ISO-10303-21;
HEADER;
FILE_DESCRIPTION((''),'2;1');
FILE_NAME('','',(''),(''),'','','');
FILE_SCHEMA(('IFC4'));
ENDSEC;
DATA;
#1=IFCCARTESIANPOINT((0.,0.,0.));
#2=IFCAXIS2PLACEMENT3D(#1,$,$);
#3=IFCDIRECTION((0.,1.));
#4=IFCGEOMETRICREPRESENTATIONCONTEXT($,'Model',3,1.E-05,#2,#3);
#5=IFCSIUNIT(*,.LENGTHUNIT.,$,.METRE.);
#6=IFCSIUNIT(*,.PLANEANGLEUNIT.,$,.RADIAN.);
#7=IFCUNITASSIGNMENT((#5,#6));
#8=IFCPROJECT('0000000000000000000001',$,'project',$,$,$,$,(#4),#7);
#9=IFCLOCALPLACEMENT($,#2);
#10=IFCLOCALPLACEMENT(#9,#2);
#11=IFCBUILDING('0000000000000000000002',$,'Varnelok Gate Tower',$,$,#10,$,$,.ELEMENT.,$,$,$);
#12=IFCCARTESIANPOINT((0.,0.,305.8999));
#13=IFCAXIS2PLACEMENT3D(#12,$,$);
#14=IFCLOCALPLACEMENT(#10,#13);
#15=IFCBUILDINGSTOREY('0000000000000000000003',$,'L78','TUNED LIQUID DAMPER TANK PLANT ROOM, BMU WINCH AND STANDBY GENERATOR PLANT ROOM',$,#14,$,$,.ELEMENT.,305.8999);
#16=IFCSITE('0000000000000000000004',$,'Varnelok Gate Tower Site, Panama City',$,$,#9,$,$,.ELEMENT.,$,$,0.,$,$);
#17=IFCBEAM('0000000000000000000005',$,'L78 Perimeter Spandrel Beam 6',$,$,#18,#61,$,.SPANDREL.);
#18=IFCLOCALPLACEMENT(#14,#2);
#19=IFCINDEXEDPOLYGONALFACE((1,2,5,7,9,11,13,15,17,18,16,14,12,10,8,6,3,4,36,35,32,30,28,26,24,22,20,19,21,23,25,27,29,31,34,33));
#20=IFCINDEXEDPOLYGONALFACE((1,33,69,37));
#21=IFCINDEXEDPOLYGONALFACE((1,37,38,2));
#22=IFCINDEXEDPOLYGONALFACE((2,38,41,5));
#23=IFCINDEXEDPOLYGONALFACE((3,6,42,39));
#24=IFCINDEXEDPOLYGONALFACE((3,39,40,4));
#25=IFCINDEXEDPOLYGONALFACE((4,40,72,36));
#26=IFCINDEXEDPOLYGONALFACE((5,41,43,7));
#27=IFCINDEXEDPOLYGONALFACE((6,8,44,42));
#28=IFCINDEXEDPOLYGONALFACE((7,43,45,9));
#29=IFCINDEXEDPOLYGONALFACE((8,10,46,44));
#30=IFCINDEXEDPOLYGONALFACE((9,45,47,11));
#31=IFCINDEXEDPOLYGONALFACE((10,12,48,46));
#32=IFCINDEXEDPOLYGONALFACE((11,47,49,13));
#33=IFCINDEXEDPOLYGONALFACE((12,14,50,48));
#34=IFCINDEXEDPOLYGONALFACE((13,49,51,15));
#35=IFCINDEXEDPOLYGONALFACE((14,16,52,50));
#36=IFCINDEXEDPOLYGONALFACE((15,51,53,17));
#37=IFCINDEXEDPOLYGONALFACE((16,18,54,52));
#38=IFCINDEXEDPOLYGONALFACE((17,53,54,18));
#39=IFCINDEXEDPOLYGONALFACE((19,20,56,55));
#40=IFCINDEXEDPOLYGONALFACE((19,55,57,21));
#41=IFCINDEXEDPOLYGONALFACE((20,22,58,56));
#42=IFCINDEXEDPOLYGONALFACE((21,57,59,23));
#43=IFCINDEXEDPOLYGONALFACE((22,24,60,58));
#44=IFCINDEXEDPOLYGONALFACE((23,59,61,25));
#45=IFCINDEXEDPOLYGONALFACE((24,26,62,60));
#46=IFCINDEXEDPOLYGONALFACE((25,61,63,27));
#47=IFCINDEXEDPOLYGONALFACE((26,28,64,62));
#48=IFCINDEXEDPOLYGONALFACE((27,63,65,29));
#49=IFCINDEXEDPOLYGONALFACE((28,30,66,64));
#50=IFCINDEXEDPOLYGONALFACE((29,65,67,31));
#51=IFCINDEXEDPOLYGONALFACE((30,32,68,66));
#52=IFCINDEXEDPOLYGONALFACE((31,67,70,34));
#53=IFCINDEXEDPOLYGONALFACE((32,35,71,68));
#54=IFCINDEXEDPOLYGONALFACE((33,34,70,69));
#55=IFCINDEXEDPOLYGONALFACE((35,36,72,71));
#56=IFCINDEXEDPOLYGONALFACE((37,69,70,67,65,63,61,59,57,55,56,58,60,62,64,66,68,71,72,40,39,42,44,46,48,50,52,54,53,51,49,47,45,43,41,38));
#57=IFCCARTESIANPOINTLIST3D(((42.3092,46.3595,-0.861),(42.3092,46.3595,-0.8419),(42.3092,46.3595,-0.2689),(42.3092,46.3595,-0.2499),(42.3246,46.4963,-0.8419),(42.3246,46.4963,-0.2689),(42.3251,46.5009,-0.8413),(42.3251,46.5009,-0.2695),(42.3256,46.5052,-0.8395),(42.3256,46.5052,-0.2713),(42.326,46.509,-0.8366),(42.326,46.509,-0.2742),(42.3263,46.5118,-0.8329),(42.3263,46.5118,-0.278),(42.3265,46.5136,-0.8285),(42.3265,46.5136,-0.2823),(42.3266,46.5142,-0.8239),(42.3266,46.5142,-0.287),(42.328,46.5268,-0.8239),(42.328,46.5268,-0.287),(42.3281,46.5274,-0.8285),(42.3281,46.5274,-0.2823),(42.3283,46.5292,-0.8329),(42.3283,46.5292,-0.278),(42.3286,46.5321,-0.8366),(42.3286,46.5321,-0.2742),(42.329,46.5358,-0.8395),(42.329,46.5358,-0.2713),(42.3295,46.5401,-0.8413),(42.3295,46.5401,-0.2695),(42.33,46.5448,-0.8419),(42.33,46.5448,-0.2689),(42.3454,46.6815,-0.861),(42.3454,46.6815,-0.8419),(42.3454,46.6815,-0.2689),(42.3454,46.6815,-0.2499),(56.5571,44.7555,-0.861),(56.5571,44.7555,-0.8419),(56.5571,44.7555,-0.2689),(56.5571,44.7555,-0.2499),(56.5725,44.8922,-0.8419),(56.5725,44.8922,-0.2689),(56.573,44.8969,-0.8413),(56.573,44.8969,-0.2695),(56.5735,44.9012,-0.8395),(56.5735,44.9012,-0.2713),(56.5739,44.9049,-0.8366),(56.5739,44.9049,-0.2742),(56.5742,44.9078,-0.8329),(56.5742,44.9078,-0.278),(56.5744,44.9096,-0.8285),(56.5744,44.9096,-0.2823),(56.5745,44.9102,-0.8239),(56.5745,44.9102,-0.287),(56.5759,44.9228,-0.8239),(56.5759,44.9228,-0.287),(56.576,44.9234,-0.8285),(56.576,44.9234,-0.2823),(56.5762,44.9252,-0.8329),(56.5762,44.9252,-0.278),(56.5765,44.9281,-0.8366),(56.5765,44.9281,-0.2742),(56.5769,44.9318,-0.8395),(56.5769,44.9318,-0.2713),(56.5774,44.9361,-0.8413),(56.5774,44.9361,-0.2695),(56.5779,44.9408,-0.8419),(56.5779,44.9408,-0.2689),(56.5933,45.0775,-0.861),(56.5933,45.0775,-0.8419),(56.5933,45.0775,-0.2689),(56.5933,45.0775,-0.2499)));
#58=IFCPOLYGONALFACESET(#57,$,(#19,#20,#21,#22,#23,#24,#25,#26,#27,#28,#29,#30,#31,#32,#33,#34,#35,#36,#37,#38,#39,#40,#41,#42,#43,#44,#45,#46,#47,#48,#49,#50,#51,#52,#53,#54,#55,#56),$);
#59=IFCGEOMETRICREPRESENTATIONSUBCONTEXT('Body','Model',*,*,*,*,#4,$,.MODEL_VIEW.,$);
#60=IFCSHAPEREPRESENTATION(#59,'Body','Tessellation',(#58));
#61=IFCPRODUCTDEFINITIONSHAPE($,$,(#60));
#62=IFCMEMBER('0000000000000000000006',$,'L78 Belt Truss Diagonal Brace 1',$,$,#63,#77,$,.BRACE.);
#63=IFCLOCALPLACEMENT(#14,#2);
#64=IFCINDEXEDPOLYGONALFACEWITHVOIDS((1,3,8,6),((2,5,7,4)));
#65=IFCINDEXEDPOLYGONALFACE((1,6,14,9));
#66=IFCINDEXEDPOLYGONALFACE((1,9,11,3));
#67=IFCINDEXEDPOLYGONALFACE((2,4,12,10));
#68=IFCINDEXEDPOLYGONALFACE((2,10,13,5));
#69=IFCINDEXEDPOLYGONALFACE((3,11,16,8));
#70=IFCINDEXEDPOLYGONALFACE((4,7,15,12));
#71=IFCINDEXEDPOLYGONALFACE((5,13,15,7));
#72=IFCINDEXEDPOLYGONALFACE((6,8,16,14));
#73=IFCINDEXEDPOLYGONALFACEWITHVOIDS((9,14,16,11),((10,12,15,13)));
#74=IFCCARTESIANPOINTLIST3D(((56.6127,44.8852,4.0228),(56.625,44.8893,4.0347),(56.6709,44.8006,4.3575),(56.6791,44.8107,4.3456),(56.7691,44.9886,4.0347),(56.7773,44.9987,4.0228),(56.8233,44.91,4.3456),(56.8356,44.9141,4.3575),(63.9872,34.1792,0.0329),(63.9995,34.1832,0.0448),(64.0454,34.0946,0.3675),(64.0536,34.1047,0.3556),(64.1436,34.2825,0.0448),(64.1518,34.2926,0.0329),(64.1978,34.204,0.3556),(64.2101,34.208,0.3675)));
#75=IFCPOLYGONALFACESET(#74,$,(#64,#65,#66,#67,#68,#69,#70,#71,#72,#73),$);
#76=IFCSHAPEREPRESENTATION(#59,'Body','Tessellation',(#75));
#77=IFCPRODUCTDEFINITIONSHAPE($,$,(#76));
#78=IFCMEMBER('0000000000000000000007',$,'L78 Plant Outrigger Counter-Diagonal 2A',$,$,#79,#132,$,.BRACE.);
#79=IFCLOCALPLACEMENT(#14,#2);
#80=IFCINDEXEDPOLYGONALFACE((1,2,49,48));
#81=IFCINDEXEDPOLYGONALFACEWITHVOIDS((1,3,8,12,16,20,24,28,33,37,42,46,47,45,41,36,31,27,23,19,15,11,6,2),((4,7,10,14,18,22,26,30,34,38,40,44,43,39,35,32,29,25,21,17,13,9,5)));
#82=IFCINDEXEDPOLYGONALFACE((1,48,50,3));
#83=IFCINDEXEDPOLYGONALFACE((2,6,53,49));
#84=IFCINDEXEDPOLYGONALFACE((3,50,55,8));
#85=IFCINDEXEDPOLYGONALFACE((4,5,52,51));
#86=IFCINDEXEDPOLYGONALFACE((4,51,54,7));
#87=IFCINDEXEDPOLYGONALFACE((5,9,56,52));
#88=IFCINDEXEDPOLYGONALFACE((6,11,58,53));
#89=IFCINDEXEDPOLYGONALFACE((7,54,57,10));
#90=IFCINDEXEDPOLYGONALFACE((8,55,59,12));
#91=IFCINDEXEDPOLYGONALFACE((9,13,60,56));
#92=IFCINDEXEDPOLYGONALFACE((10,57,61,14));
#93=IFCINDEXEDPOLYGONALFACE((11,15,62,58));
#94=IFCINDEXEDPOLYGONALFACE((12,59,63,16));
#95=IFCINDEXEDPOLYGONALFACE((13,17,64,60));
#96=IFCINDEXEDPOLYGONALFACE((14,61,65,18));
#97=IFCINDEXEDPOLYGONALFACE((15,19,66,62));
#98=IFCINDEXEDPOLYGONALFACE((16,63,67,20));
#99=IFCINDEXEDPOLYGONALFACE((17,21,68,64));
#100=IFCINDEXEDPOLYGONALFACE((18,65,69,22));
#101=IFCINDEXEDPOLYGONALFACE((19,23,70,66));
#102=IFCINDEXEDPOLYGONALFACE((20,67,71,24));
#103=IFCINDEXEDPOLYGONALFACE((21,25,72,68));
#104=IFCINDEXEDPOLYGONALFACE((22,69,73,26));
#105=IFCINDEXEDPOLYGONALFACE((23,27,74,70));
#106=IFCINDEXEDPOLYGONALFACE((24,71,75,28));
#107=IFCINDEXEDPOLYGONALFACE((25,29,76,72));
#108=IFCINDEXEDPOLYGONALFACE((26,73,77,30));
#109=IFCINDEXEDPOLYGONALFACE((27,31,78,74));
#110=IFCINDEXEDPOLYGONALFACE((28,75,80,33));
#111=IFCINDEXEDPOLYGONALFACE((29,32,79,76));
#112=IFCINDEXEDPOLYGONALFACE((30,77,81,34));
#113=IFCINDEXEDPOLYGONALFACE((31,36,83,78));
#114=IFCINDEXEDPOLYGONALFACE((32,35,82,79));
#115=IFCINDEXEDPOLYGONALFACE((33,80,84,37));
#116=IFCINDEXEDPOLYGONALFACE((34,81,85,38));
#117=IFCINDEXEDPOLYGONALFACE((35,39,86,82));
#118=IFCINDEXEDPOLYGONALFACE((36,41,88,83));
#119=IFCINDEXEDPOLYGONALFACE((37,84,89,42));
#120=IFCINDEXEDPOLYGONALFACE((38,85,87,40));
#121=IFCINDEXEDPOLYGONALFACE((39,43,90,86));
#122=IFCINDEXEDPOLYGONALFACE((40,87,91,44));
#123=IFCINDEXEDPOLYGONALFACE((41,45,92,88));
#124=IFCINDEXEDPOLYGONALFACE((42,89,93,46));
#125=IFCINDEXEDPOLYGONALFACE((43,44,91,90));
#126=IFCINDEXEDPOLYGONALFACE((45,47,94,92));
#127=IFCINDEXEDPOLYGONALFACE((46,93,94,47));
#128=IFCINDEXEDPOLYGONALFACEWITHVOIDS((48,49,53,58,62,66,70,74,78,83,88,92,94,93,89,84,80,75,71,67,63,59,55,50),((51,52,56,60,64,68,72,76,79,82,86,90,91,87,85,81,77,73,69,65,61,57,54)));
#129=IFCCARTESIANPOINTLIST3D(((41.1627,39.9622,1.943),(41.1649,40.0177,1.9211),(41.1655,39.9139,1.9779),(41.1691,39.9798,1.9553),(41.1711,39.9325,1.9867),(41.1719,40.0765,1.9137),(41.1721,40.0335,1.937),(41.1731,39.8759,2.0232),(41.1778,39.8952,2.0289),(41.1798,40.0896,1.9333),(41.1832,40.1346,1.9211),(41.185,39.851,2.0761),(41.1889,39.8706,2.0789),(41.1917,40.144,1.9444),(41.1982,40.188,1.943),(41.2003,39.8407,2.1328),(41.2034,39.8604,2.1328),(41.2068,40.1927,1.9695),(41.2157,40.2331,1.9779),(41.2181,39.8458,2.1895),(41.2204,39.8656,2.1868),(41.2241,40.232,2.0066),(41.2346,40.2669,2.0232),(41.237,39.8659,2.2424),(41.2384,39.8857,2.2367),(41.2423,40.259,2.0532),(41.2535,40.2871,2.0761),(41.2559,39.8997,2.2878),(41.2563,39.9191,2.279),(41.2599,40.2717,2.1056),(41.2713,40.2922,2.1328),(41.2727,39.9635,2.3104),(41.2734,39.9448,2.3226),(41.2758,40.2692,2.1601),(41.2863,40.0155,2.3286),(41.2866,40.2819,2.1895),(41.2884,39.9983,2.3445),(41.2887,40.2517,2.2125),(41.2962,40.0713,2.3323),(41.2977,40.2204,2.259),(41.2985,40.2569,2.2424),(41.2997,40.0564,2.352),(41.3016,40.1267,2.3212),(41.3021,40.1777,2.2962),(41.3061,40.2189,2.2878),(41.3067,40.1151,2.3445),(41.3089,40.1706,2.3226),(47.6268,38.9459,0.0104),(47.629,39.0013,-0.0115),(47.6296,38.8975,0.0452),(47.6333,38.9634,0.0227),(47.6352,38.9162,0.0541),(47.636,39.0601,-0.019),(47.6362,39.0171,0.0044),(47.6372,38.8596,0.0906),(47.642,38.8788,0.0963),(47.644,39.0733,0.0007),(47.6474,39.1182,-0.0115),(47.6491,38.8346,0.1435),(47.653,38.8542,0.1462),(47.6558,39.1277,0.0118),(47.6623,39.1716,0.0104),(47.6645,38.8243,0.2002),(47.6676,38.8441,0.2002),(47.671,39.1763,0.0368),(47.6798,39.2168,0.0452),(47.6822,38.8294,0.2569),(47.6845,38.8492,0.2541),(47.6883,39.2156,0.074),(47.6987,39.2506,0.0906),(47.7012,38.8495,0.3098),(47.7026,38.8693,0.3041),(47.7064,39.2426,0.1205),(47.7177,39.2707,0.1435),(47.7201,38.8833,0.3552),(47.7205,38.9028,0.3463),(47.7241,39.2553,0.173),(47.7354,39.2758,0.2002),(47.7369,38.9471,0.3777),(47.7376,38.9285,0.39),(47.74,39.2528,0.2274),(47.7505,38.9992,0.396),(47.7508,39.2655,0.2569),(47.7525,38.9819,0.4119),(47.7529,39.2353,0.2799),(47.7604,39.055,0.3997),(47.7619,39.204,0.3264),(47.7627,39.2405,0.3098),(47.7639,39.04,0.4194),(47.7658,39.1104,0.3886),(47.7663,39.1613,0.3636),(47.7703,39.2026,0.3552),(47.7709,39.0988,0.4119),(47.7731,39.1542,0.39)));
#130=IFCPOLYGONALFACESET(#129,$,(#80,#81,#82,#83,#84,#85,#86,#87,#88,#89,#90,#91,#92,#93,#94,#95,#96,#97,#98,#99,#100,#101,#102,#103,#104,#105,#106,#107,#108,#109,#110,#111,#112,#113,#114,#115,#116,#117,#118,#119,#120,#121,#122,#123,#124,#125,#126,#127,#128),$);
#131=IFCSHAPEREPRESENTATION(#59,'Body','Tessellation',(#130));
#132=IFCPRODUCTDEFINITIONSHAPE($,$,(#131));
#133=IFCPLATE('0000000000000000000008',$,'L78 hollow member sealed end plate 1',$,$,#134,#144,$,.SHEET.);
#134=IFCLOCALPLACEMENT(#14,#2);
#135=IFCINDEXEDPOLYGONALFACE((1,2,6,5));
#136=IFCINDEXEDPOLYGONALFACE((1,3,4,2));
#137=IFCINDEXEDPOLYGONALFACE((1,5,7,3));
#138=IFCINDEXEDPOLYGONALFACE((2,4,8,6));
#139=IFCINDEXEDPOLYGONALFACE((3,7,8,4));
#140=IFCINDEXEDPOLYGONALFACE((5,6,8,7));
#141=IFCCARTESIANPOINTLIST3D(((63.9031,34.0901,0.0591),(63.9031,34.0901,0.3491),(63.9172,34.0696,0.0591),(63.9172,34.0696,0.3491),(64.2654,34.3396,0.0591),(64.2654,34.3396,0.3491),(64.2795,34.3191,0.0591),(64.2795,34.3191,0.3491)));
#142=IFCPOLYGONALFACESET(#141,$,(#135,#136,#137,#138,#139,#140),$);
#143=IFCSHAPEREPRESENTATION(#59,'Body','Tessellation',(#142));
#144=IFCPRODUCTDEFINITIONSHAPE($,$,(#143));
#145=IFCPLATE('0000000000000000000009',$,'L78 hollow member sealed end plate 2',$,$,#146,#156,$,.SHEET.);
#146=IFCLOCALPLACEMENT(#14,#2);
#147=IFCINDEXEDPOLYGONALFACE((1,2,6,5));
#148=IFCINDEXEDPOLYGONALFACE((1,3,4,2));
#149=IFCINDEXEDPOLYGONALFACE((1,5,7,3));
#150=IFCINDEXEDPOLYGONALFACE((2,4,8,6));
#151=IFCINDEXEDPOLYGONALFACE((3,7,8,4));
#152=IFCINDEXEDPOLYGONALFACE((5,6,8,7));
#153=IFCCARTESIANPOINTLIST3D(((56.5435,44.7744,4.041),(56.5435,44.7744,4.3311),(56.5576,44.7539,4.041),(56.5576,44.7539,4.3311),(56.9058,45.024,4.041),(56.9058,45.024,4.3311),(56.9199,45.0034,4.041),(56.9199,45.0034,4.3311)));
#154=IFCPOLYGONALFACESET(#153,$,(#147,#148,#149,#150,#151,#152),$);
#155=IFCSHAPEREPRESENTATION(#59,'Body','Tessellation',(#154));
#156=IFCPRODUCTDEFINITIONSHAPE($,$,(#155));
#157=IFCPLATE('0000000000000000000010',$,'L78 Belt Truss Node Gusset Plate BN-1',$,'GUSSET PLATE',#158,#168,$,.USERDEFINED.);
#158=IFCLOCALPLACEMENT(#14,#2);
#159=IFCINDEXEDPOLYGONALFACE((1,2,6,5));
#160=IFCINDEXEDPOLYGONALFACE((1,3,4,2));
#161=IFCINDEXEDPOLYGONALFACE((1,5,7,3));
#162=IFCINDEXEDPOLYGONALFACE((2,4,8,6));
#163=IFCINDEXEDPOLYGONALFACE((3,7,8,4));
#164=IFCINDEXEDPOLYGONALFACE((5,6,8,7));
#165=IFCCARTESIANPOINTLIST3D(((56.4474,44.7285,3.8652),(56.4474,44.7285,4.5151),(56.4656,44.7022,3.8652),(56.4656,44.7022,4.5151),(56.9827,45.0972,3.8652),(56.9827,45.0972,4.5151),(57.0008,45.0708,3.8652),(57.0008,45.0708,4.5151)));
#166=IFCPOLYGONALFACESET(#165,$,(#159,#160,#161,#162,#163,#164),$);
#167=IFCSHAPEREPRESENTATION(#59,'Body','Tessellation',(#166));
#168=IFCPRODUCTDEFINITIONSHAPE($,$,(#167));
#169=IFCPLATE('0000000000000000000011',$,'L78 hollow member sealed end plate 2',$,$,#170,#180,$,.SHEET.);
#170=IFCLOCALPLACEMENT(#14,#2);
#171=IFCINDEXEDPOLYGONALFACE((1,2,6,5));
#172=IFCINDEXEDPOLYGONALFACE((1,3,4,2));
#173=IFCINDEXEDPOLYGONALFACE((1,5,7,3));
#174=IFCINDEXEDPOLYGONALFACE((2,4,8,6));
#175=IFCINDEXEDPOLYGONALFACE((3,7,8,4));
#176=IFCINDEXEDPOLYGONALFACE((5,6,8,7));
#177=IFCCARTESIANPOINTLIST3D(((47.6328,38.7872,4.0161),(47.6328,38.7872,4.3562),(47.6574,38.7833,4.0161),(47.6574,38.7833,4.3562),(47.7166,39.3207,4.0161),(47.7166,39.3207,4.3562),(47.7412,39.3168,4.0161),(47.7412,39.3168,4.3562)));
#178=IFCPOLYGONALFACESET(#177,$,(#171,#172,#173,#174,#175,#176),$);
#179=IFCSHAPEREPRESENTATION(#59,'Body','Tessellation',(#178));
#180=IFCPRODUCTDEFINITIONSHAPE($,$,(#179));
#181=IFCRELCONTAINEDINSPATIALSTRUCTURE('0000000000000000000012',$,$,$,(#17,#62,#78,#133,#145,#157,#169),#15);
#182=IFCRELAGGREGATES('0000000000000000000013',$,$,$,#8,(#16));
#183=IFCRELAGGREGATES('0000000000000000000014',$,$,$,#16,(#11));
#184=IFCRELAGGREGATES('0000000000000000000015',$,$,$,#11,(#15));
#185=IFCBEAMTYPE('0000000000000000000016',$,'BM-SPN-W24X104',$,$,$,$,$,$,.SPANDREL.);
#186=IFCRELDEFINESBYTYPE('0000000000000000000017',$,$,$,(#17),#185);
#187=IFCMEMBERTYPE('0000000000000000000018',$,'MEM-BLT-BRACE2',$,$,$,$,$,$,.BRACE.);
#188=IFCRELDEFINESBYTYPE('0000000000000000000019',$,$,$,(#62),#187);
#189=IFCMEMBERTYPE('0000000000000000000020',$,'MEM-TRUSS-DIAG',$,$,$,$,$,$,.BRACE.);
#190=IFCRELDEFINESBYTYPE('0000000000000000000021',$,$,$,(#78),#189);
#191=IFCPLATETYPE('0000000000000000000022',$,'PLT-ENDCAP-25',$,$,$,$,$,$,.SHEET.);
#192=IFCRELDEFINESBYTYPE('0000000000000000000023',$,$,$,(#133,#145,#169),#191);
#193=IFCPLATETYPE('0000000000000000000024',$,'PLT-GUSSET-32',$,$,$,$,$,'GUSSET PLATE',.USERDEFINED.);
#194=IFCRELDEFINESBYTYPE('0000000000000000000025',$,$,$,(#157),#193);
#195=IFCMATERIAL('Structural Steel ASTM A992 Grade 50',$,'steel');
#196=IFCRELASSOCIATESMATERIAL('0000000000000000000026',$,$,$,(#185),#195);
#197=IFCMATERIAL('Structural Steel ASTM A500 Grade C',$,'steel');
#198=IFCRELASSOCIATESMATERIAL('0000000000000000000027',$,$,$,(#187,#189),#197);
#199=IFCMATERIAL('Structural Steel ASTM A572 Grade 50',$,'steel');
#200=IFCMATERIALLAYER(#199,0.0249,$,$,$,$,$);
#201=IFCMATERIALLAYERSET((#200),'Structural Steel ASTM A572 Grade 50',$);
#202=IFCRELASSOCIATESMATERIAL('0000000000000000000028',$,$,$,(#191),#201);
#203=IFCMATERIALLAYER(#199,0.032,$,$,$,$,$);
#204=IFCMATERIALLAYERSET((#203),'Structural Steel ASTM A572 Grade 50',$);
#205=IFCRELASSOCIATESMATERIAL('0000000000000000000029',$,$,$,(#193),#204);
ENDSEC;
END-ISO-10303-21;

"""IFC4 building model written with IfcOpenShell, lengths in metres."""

from ifc_helpers import new_model, si_unit, direction, frame, origin, origin_2d, place, context, subcontext, project, spatial, rectangle, hollow_rectangle, hollow_circle, i_section, extrude, source, transform, mapped, material, layer, layer_set, material_profile, profile_set, type_object, element, save


model = new_model("IFC4")

# Units and contexts
model_context = context("Model", 3, precision=1e-05, world=origin(), true_north=direction((0.0, 1.0)))
body_context = subcontext(model_context, "Body", "Model", "MODEL_VIEW")
ifc_project = project(units=[si_unit("LENGTHUNIT", "METRE"), si_unit("PLANEANGLEUNIT", "RADIAN")], contexts=[model_context])

# Site, building, storey
site_placement = place(None, origin())
site = spatial("IfcSite", under=ifc_project, at=site_placement, Name="Varnelok Gate Tower Site, Panama City", CompositionType="ELEMENT", RefElevation=0.0)
building_placement = place(site_placement, origin())
building = spatial("IfcBuilding", under=site, at=building_placement, Name="Varnelok Gate Tower", CompositionType="ELEMENT")
storey_placement = place(building_placement, frame((0.0, 0.0, 305.8999)))
storey = spatial("IfcBuildingStorey", under=building, at=storey_placement, Name="L78", Description="TUNED LIQUID DAMPER TANK PLANT ROOM, BMU WINCH AND STANDBY GENERATOR PLANT ROOM", CompositionType="ELEMENT", Elevation=305.8999)

# Shared definitions
ifc_material_1 = material(Name="Structural Steel ASTM A992 Grade 50", Category="steel")

# Beam
ifc_material_profile_1 = material_profile(ifc_material_1, i_section(OverallWidth=0.324, OverallDepth=0.6111, WebThickness=0.0127, FlangeThickness=0.019, FilletRadius=0.0181, at=origin_2d()), Name="W24X104")
ifc_profile_set_1 = profile_set([ifc_material_profile_1], Name="Structural Steel ASTM A992 Grade 50")
beam_type_1 = type_object("IfcBeamType", Name="BM-SPN-W24X104", PredefinedType="SPANDREL", material=ifc_profile_set_1)
beam_1_placement = place(storey_placement, frame((56.5752, 44.9165, -0.5554), z_axis=(-0.993723, 0.111872, 0.0), x_axis=(-0.111872, -0.993723, 0.0)))
element("IfcBeam", 1, at=beam_1_placement, inside=storey, type_object=beam_type_1, Name="L78 Perimeter Spandrel Beam 6", PredefinedType="SPANDREL", context=body_context, shape_type="SweptSolid", body=[
    extrude(i_section(OverallWidth=0.324, OverallDepth=0.6111, WebThickness=0.0127, FlangeThickness=0.019, FilletRadius=0.0181, at=origin_2d()), origin(), (0.0, 0.0, 1.0), 14.3379),
])

# Members
ifc_material_2 = material(Name="Structural Steel ASTM A500 Grade C", Category="steel")
ifc_material_profile_2 = material_profile(ifc_material_2, hollow_rectangle(XDim=0.2, YDim=0.3501, WallThickness=0.0125, at=origin_2d()), Name="HSS350X200X12")
ifc_profile_set_2 = profile_set([ifc_material_profile_2], Name="Structural Steel ASTM A500 Grade C")
member_type_1 = type_object("IfcMemberType", Name="MEM-BLT-BRACE2", PredefinedType="BRACE", material=ifc_profile_set_2)
member_1_placement = place(storey_placement, frame((64.0986, 34.1936, 0.2002), z_axis=(-0.542298, 0.787289, 0.293411), x_axis=(-0.823535, -0.567265, 0.0)))
element("IfcMember", 2, at=member_1_placement, inside=storey, type_object=member_type_1, Name="L78 Belt Truss Diagonal Brace 1", PredefinedType="BRACE", context=body_context, shape_type="SweptSolid", body=[
    extrude(hollow_rectangle(XDim=0.2, YDim=0.3501, WallThickness=0.0125, at=origin_2d()), origin(), (0.0, 0.0, 1.0), 13.5986),
])
ifc_material_profile_3 = material_profile(ifc_material_2, hollow_circle(Radius=0.2285, WallThickness=0.02, at=origin_2d()), Name="CHS457X20")
ifc_profile_set_3 = profile_set([ifc_material_profile_3], Name="Structural Steel ASTM A500 Grade C")
member_type_2 = type_object("IfcMemberType", Name="MEM-TRUSS-DIAG", PredefinedType="BRACE", material=ifc_profile_set_3)
member_2_placement = place(storey_placement, frame((47.7, 39.05, 0.2002), z_axis=(-0.947406, 0.148961, 0.283252), x_axis=(-0.155323, -0.987864, 0.0)))
element("IfcMember", 3, at=member_2_placement, inside=storey, type_object=member_type_2, Name="L78 Plant Outrigger Counter-Diagonal 2A", PredefinedType="BRACE", context=body_context, shape_type="SweptSolid", body=[
    extrude(hollow_circle(Radius=0.2285, WallThickness=0.02, at=origin_2d()), origin(), (0.0, 0.0, 1.0), 6.823),
])

# Plates
ifc_material_3 = material(Name="Structural Steel ASTM A572 Grade 50", Category="steel")
ifc_layer_1 = layer(ifc_material_3, 0.0249)
ifc_layer_set_1 = layer_set([ifc_layer_1], Name="Structural Steel ASTM A572 Grade 50")
plate_type_1 = type_object("IfcPlateType", Name="PLT-ENDCAP-25", PredefinedType="SHEET", material=ifc_layer_set_1)
shared_shape_1 = source(origin(), body_context, "Body", "SweptSolid", [
    extrude(rectangle(XDim=0.0249, YDim=0.4399, at=origin_2d()), origin(), (0.0, 0.0, 1.0), 0.29),
])
for number, where, z_axis, x_axis, name in (
    (4, (64.0913, 34.2046, 0.0591), (0.0, 0.0, 1.0), (-0.567269, 0.823533, 0.0), "L78 hollow member sealed end plate 1"),
    (5, (56.7317, 44.8889, 4.041), (0.0, 0.0, 1.0), (-0.567269, 0.823533, 0.0), "L78 hollow member sealed end plate 2"),
):
    element("IfcPlate", number, at=place(storey_placement, frame(where, z_axis=z_axis, x_axis=x_axis)), inside=storey, type_object=plate_type_1, Name=name, PredefinedType="SHEET", context=body_context, shape_type="MappedRepresentation", body=[
        mapped(shared_shape_1, transform((0.0, 0.0, 0.0), scale=1.0)),
    ])
ifc_layer_2 = layer(ifc_material_3, 0.032)
ifc_layer_set_2 = layer_set([ifc_layer_2], Name="Structural Steel ASTM A572 Grade 50")
plate_type_2 = type_object("IfcPlateType", Name="PLT-GUSSET-32", ElementType="GUSSET PLATE", PredefinedType="USERDEFINED", material=ifc_layer_set_2)
shared_shape_2 = source(origin(), body_context, "Body", "SweptSolid", [
    extrude(rectangle(XDim=0.6499, YDim=0.032, at=origin_2d()), origin(), (0.0, 0.0, 1.0), 0.6499),
])
plate_1_placement = place(storey_placement, frame((56.7241, 44.8997, 3.8652), z_axis=(0.0, 0.0, 1.0), x_axis=(0.823533, 0.567269, 0.0)))
element("IfcPlate", 6, at=plate_1_placement, inside=storey, type_object=plate_type_2, Name="L78 Belt Truss Node Gusset Plate BN-1", ObjectType="GUSSET PLATE", PredefinedType="USERDEFINED", context=body_context, shape_type="MappedRepresentation", body=[
    mapped(shared_shape_2, transform((0.0, 0.0, 0.0), scale=1.0)),
])
shared_shape_3 = source(origin(), body_context, "Body", "SweptSolid", [
    extrude(rectangle(XDim=0.0249, YDim=0.54, at=origin_2d()), origin(), (0.0, 0.0, 1.0), 0.3401),
])
plate_2_placement = place(storey_placement, frame((47.687, 39.052, 4.0161), z_axis=(0.0, 0.0, 1.0), x_axis=(0.987865, -0.155314, 0.0)))
element("IfcPlate", 7, at=plate_2_placement, inside=storey, type_object=plate_type_1, Name="L78 hollow member sealed end plate 2", PredefinedType="SHEET", context=body_context, shape_type="MappedRepresentation", body=[
    mapped(shared_shape_3, transform((0.0, 0.0, 0.0), scale=1.0)),
])

save(model, "model.ifc")
